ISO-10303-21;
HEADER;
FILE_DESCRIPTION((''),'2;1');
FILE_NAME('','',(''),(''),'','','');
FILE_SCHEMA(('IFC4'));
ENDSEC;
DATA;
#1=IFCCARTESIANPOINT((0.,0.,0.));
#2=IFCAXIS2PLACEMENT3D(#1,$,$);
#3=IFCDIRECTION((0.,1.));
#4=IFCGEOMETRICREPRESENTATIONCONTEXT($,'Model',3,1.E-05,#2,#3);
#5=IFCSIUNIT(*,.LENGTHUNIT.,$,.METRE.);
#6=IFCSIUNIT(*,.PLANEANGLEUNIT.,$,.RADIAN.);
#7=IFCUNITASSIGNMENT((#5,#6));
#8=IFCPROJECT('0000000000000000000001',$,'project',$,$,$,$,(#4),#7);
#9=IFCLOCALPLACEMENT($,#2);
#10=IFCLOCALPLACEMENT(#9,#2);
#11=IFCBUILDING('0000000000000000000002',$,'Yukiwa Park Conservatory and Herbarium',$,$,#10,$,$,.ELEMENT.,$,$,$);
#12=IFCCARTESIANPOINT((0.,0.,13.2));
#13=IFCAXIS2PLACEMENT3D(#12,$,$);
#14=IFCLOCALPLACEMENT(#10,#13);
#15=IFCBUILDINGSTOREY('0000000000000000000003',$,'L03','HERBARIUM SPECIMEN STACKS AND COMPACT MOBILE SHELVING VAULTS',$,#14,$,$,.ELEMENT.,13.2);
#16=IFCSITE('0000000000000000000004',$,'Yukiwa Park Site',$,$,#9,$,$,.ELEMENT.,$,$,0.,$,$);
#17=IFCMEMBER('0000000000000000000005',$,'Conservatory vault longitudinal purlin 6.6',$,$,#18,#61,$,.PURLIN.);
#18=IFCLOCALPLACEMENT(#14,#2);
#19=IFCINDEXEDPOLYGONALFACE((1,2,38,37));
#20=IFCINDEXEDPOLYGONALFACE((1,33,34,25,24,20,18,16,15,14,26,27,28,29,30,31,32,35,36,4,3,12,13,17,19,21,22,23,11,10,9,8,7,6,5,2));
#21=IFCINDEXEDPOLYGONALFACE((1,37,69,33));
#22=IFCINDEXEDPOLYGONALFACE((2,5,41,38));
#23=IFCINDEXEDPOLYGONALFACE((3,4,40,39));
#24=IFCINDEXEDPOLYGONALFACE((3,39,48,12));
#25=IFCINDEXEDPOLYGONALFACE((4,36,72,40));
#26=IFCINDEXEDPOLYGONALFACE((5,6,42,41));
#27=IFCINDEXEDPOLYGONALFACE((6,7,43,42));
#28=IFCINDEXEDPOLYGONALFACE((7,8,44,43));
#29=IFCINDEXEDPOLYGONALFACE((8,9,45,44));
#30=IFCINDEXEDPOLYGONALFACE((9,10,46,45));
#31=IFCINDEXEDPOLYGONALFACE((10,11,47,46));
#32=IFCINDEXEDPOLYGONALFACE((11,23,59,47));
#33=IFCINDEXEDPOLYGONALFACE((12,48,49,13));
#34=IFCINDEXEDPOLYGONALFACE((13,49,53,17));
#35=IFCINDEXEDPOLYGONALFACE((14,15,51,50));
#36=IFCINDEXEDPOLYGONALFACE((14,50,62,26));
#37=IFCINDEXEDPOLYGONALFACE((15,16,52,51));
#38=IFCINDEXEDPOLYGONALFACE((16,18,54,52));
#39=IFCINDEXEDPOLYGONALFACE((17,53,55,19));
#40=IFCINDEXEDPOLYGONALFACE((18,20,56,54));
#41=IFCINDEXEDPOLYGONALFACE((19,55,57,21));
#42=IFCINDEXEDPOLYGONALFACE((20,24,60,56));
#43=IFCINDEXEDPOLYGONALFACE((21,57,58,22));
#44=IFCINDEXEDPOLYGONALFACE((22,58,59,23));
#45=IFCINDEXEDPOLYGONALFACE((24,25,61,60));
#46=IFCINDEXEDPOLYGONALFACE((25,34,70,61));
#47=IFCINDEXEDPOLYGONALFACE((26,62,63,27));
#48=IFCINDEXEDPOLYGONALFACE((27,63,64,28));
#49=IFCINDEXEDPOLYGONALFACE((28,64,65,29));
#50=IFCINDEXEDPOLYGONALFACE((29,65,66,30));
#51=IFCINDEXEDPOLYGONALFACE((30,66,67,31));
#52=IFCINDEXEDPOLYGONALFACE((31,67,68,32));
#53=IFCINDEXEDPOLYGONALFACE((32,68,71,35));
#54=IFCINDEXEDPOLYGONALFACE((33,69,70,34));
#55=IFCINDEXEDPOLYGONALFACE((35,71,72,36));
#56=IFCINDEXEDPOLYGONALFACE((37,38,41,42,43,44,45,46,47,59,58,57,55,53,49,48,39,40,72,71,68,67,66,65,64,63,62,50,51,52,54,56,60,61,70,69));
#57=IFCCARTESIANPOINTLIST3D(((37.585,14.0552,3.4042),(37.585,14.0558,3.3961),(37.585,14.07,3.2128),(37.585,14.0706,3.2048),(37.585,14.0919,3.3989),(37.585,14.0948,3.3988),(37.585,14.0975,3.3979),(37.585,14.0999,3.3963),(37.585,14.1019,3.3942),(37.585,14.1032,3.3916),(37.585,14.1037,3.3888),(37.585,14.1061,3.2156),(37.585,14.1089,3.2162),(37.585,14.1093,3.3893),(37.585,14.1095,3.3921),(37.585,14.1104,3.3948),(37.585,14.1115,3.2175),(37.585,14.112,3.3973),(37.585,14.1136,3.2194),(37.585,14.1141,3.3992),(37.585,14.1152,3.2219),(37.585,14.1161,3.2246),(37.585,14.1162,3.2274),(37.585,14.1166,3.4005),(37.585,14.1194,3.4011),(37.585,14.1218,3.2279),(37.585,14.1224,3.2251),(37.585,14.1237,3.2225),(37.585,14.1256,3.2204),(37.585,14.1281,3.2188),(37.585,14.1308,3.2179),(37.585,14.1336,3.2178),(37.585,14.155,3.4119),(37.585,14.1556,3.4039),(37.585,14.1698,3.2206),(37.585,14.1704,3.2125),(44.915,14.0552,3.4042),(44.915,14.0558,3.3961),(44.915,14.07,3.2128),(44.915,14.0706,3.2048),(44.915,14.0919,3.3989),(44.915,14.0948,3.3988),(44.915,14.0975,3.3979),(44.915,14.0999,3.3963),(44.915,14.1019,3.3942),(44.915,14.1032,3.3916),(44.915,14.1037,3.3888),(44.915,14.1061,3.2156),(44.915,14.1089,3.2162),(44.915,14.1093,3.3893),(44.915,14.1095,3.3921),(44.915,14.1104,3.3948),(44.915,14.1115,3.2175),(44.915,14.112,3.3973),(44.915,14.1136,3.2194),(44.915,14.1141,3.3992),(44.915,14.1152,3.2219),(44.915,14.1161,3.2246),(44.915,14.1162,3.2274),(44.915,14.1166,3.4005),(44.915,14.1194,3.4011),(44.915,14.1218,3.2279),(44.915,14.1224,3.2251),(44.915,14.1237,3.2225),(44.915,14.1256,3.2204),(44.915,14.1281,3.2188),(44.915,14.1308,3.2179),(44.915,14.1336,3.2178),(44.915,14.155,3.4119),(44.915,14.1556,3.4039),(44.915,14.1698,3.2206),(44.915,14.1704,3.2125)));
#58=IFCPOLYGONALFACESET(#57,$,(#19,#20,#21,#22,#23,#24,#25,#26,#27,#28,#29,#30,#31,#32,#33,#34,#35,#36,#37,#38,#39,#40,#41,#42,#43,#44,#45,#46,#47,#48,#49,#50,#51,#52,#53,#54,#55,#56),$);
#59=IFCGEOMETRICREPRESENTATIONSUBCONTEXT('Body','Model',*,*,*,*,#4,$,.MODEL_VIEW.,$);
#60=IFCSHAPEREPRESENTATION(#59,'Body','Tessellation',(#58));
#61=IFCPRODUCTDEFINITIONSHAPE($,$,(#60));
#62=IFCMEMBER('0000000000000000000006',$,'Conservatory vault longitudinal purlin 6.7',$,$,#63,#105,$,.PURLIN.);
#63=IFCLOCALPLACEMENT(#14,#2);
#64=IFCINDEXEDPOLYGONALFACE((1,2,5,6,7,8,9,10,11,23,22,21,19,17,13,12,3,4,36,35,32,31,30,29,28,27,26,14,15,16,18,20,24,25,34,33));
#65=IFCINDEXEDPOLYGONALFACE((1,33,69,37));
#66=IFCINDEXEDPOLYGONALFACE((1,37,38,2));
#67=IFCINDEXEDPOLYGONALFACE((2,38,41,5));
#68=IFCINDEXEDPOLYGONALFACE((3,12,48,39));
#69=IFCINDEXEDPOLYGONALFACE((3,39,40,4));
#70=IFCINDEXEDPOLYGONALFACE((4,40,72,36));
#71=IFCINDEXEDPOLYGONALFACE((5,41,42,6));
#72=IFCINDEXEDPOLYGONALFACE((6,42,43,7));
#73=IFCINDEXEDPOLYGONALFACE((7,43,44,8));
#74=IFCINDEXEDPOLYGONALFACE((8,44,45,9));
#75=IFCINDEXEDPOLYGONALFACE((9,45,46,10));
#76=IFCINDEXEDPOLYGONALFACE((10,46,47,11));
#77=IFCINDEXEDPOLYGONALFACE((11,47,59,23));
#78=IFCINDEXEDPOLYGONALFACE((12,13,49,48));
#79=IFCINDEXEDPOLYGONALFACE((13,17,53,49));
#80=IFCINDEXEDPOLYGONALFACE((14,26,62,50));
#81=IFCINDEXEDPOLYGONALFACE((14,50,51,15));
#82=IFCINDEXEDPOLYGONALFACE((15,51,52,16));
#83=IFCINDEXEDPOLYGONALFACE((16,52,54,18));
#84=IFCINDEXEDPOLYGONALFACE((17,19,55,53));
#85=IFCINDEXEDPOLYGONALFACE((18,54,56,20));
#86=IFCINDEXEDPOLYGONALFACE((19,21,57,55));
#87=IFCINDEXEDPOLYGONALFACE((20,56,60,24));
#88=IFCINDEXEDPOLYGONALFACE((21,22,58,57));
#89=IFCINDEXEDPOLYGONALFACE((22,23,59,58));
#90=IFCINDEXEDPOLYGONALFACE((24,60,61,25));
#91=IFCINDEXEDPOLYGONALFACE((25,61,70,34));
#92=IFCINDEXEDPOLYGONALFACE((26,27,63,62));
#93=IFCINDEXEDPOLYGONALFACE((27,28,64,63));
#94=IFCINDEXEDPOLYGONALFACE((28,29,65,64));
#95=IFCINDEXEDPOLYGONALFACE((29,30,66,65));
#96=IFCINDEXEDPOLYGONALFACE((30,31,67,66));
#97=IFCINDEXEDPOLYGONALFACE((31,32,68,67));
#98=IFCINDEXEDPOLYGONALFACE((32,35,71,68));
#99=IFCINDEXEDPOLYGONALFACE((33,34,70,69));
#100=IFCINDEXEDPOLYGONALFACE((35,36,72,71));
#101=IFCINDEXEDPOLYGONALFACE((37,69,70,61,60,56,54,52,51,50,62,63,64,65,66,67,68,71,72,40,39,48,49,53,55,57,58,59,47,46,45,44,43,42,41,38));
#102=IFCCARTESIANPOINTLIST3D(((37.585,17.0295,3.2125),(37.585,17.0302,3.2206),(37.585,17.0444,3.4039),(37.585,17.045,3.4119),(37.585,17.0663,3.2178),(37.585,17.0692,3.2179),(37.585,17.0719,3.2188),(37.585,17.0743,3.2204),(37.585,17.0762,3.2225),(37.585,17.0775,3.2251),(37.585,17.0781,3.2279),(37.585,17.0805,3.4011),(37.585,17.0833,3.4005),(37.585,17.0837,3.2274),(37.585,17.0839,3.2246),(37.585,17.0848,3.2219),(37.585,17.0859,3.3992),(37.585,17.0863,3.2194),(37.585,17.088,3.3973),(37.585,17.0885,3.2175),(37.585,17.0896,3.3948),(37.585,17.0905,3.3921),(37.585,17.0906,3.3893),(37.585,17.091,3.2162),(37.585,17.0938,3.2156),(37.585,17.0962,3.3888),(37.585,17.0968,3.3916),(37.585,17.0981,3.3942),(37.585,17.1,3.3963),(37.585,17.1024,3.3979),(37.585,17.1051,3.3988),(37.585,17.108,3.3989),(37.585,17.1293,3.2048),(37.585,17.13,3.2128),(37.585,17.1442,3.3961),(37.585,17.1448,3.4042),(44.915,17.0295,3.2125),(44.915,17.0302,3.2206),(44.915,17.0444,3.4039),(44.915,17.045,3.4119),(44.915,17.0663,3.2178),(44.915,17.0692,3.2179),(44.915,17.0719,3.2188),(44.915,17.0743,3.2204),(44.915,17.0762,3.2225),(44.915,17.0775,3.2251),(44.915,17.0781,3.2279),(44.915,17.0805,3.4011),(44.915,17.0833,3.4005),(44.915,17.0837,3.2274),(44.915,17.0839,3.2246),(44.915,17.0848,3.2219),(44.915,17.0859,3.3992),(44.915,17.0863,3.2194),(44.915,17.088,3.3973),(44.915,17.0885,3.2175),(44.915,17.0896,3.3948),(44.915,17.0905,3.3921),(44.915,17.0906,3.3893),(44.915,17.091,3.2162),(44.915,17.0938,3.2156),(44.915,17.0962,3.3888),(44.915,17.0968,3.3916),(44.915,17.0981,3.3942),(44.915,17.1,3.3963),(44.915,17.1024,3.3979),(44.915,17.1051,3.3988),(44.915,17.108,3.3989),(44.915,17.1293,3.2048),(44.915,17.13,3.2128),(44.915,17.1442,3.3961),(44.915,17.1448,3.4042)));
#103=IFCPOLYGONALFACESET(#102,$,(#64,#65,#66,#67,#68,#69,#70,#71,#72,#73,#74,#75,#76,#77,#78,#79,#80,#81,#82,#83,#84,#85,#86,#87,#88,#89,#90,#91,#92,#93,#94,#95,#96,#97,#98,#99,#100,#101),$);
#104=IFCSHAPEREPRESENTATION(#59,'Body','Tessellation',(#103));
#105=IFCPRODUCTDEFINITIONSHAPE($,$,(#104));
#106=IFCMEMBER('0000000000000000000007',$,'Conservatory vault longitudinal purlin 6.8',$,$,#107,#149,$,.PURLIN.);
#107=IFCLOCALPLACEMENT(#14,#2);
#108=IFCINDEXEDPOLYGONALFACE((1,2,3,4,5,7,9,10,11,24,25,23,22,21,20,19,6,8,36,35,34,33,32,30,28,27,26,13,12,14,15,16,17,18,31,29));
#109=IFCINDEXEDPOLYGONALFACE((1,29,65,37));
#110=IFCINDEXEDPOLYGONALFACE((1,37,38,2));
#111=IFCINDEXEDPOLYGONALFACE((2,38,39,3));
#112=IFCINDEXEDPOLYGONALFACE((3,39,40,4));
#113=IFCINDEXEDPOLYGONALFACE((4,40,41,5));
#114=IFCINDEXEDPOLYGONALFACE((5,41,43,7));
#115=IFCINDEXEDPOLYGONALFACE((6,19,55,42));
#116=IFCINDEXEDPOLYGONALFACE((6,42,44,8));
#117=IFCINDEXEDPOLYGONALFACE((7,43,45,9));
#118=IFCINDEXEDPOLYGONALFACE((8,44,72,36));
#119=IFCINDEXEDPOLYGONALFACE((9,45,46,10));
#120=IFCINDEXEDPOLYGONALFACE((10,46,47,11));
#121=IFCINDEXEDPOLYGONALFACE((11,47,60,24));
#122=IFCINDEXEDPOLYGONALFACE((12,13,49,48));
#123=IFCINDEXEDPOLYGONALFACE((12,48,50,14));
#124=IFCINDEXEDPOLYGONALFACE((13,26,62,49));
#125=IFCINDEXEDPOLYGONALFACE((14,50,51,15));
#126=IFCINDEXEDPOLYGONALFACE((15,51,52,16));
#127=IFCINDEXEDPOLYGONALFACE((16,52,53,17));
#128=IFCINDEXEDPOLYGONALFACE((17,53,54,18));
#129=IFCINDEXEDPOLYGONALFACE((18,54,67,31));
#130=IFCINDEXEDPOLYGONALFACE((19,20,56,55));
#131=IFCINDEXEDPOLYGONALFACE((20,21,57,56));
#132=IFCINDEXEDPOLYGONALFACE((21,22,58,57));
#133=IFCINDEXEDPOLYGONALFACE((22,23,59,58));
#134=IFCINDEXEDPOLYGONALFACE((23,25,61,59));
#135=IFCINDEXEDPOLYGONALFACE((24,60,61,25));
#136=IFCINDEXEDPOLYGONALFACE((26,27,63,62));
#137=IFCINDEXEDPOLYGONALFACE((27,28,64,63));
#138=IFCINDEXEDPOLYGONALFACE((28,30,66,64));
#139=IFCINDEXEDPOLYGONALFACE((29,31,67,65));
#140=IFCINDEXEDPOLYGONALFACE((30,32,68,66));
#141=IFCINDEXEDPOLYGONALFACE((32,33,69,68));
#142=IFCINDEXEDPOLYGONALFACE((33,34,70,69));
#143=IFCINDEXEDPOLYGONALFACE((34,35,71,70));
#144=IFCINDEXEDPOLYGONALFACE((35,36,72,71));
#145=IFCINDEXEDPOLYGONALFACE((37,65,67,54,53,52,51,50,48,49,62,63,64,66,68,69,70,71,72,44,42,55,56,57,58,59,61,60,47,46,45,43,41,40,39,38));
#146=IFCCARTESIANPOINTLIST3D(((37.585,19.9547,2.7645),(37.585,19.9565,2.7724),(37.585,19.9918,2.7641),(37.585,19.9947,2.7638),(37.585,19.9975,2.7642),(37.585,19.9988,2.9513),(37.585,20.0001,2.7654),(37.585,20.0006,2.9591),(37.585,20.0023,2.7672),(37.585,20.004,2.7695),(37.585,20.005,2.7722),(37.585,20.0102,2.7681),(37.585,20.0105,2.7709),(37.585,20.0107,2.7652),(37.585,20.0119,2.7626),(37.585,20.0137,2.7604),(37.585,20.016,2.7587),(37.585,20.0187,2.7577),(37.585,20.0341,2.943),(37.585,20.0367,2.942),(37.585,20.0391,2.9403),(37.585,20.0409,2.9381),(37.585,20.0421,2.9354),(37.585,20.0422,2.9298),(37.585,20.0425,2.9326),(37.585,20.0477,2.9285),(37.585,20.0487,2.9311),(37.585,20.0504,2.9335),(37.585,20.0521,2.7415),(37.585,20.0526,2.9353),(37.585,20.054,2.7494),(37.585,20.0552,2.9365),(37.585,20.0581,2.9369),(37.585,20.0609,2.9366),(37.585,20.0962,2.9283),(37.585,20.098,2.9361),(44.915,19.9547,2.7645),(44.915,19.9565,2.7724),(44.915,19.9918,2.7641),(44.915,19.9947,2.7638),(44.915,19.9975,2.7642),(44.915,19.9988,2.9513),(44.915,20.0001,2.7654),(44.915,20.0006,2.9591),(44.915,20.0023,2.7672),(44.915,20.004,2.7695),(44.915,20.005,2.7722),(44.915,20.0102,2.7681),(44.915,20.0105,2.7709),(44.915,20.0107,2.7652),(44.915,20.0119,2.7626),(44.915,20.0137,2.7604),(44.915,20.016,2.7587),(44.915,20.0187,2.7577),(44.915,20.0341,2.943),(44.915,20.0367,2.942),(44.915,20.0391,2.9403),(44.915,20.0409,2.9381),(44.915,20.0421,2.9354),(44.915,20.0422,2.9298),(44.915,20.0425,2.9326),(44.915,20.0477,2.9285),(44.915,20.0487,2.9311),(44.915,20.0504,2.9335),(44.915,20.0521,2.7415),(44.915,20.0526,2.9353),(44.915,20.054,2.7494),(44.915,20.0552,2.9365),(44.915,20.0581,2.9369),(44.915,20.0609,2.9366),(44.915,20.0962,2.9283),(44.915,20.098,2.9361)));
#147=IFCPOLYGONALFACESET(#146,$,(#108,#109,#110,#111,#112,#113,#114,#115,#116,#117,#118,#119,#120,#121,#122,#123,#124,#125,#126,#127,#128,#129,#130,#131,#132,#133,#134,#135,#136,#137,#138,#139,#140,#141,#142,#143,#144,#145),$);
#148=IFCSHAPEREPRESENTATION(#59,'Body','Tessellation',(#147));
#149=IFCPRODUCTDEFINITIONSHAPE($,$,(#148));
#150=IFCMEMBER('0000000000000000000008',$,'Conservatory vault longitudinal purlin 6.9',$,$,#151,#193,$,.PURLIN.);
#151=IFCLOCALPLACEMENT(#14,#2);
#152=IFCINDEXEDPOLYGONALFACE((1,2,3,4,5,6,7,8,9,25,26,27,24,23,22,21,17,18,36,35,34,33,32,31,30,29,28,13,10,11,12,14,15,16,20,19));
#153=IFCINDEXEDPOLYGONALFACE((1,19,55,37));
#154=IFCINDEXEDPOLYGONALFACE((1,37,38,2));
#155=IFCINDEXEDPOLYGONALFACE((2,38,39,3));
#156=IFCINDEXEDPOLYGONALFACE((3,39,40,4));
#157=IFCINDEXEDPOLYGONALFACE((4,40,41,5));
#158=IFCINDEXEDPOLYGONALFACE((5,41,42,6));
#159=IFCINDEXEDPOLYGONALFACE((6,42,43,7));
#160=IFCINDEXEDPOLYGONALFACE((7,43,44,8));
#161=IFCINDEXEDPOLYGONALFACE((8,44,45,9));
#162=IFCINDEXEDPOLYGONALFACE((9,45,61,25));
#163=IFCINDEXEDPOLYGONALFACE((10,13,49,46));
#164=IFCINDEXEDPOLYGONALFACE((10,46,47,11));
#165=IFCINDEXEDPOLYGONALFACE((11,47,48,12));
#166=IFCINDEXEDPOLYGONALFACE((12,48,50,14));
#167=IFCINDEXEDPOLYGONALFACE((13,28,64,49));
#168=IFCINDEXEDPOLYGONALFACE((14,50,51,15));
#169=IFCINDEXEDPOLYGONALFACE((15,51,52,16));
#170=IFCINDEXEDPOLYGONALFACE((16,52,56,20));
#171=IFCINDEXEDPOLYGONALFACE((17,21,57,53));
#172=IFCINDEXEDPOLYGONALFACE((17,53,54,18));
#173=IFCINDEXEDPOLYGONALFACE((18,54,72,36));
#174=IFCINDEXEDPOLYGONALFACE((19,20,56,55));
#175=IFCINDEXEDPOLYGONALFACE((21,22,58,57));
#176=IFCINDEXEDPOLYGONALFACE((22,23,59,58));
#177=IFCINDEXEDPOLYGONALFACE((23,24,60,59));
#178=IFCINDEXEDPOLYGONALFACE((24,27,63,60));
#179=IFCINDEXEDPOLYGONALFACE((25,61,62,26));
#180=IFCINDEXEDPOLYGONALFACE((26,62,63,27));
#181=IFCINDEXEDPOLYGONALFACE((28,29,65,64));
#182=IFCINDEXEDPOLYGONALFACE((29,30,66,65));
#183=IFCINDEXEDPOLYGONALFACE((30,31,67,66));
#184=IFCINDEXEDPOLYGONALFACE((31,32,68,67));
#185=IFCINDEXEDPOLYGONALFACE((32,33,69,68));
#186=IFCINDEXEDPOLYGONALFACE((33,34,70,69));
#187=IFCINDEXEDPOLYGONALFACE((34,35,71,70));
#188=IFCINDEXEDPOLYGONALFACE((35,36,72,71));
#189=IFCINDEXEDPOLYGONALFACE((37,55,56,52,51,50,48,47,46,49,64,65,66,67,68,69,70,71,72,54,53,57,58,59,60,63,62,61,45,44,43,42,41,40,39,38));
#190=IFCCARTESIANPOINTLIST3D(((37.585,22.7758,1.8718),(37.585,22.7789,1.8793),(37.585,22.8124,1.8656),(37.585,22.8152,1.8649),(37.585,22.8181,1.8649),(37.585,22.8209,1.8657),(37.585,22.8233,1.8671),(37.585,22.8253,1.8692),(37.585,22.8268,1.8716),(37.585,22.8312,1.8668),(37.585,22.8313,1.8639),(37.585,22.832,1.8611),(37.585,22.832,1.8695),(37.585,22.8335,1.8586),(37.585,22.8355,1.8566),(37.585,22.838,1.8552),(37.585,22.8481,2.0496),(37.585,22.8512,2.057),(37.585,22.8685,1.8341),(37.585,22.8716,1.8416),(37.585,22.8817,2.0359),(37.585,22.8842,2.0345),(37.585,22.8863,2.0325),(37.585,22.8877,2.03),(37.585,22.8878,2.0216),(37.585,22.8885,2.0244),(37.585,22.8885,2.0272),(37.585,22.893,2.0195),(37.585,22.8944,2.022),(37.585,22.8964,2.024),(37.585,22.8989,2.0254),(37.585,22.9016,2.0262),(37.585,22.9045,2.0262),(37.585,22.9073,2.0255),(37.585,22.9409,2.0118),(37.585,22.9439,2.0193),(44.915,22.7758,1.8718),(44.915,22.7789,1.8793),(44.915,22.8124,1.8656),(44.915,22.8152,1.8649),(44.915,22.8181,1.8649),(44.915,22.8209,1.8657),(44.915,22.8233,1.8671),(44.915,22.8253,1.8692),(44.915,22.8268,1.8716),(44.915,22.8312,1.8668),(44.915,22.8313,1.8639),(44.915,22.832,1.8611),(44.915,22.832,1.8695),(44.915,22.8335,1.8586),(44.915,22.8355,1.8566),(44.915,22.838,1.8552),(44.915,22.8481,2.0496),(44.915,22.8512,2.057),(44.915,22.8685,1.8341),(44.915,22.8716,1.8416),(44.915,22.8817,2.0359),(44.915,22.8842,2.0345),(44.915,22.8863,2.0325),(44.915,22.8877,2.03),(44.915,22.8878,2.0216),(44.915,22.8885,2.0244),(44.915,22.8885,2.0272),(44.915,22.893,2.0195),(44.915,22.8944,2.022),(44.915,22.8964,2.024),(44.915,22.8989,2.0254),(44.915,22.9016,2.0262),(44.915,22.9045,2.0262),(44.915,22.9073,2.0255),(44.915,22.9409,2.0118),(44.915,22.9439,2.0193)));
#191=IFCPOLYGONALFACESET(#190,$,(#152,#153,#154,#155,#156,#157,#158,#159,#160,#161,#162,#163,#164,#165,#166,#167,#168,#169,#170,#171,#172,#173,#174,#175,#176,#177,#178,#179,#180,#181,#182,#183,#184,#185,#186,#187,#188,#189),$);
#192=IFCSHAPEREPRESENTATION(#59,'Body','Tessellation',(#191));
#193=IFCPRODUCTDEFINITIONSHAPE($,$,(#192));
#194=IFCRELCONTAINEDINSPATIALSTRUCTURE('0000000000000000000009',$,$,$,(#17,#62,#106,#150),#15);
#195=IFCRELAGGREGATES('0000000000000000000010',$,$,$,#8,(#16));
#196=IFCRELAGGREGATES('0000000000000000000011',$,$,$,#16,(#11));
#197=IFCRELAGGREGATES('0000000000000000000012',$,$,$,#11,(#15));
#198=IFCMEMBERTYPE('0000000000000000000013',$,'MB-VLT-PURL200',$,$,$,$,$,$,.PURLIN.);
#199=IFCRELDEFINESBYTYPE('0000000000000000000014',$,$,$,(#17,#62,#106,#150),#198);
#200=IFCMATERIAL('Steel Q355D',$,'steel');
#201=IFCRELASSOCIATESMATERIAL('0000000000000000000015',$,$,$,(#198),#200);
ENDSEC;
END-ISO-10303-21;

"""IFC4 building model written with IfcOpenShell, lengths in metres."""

from ifc_helpers import new_model, si_unit, direction, frame, origin, origin_2d, place, context, subcontext, project, spatial, i_section, extrude, material, material_profile, profile_set, type_object, element, save


model = new_model("IFC4")

# Units and contexts
model_context = context("Model", 3, precision=1e-05, world=origin(), true_north=direction((0.0, 1.0)))
body_context = subcontext(model_context, "Body", "Model", "MODEL_VIEW")
ifc_project = project(units=[si_unit("LENGTHUNIT", "METRE"), si_unit("PLANEANGLEUNIT", "RADIAN")], contexts=[model_context])

# Site, building, storey
site_placement = place(None, origin())
site = spatial("IfcSite", under=ifc_project, at=site_placement, Name="Yukiwa Park Site", CompositionType="ELEMENT", RefElevation=0.0)
building_placement = place(site_placement, origin())
building = spatial("IfcBuilding", under=site, at=building_placement, Name="Yukiwa Park Conservatory and Herbarium", CompositionType="ELEMENT")
storey_placement = place(building_placement, frame((0.0, 0.0, 13.2)))
storey = spatial("IfcBuildingStorey", under=building, at=storey_placement, Name="L03", Description="HERBARIUM SPECIMEN STACKS AND COMPACT MOBILE SHELVING VAULTS", CompositionType="ELEMENT", Elevation=13.2)

# Members
ifc_material_1 = material(Name="Steel Q355D", Category="steel")
ifc_material_profile_1 = material_profile(ifc_material_1, i_section(OverallWidth=0.1001, OverallDepth=0.2, WebThickness=0.0056, FlangeThickness=0.0081, FilletRadius=0.011, at=origin_2d()), Name="HN 200x100x5.5x8")
ifc_profile_set_1 = profile_set([ifc_material_profile_1], Name="Steel Q355D")
member_type_1 = type_object("IfcMemberType", Name="MB-VLT-PURL200", PredefinedType="PURLIN", material=ifc_profile_set_1)
for number, where, z_axis, x_axis, name in (
    (1, (37.585, 14.1128, 3.3083), (1.0, 0.0, 0.0), (0.0, 0.997016, 0.077198), "Conservatory vault longitudinal purlin 6.6"),
    (2, (37.585, 17.0872, 3.3083), (1.0, 0.0, 0.0), (0.0, 0.997016, -0.077198), "Conservatory vault longitudinal purlin 6.7"),
    (3, (37.585, 20.0264, 2.8503), (1.0, 0.0, 0.0), (0.0, 0.973249, -0.229752), "Conservatory vault longitudinal purlin 6.8"),
    (4, (37.585, 22.8599, 1.9456), (1.0, 0.0, 0.0), (0.0, 0.926282, -0.376831), "Conservatory vault longitudinal purlin 6.9"),
):
    element("IfcMember", number, at=place(storey_placement, frame(where, z_axis=z_axis, x_axis=x_axis)), inside=storey, type_object=member_type_1, Name=name, PredefinedType="PURLIN", context=body_context, shape_type="SweptSolid", body=[
        extrude(i_section(OverallWidth=0.1001, OverallDepth=0.2, WebThickness=0.0056, FlangeThickness=0.0081, FilletRadius=0.011, at=origin_2d()), origin(), (0.0, 0.0, 1.0), 7.3301),
    ])

save(model, "model.ifc")
